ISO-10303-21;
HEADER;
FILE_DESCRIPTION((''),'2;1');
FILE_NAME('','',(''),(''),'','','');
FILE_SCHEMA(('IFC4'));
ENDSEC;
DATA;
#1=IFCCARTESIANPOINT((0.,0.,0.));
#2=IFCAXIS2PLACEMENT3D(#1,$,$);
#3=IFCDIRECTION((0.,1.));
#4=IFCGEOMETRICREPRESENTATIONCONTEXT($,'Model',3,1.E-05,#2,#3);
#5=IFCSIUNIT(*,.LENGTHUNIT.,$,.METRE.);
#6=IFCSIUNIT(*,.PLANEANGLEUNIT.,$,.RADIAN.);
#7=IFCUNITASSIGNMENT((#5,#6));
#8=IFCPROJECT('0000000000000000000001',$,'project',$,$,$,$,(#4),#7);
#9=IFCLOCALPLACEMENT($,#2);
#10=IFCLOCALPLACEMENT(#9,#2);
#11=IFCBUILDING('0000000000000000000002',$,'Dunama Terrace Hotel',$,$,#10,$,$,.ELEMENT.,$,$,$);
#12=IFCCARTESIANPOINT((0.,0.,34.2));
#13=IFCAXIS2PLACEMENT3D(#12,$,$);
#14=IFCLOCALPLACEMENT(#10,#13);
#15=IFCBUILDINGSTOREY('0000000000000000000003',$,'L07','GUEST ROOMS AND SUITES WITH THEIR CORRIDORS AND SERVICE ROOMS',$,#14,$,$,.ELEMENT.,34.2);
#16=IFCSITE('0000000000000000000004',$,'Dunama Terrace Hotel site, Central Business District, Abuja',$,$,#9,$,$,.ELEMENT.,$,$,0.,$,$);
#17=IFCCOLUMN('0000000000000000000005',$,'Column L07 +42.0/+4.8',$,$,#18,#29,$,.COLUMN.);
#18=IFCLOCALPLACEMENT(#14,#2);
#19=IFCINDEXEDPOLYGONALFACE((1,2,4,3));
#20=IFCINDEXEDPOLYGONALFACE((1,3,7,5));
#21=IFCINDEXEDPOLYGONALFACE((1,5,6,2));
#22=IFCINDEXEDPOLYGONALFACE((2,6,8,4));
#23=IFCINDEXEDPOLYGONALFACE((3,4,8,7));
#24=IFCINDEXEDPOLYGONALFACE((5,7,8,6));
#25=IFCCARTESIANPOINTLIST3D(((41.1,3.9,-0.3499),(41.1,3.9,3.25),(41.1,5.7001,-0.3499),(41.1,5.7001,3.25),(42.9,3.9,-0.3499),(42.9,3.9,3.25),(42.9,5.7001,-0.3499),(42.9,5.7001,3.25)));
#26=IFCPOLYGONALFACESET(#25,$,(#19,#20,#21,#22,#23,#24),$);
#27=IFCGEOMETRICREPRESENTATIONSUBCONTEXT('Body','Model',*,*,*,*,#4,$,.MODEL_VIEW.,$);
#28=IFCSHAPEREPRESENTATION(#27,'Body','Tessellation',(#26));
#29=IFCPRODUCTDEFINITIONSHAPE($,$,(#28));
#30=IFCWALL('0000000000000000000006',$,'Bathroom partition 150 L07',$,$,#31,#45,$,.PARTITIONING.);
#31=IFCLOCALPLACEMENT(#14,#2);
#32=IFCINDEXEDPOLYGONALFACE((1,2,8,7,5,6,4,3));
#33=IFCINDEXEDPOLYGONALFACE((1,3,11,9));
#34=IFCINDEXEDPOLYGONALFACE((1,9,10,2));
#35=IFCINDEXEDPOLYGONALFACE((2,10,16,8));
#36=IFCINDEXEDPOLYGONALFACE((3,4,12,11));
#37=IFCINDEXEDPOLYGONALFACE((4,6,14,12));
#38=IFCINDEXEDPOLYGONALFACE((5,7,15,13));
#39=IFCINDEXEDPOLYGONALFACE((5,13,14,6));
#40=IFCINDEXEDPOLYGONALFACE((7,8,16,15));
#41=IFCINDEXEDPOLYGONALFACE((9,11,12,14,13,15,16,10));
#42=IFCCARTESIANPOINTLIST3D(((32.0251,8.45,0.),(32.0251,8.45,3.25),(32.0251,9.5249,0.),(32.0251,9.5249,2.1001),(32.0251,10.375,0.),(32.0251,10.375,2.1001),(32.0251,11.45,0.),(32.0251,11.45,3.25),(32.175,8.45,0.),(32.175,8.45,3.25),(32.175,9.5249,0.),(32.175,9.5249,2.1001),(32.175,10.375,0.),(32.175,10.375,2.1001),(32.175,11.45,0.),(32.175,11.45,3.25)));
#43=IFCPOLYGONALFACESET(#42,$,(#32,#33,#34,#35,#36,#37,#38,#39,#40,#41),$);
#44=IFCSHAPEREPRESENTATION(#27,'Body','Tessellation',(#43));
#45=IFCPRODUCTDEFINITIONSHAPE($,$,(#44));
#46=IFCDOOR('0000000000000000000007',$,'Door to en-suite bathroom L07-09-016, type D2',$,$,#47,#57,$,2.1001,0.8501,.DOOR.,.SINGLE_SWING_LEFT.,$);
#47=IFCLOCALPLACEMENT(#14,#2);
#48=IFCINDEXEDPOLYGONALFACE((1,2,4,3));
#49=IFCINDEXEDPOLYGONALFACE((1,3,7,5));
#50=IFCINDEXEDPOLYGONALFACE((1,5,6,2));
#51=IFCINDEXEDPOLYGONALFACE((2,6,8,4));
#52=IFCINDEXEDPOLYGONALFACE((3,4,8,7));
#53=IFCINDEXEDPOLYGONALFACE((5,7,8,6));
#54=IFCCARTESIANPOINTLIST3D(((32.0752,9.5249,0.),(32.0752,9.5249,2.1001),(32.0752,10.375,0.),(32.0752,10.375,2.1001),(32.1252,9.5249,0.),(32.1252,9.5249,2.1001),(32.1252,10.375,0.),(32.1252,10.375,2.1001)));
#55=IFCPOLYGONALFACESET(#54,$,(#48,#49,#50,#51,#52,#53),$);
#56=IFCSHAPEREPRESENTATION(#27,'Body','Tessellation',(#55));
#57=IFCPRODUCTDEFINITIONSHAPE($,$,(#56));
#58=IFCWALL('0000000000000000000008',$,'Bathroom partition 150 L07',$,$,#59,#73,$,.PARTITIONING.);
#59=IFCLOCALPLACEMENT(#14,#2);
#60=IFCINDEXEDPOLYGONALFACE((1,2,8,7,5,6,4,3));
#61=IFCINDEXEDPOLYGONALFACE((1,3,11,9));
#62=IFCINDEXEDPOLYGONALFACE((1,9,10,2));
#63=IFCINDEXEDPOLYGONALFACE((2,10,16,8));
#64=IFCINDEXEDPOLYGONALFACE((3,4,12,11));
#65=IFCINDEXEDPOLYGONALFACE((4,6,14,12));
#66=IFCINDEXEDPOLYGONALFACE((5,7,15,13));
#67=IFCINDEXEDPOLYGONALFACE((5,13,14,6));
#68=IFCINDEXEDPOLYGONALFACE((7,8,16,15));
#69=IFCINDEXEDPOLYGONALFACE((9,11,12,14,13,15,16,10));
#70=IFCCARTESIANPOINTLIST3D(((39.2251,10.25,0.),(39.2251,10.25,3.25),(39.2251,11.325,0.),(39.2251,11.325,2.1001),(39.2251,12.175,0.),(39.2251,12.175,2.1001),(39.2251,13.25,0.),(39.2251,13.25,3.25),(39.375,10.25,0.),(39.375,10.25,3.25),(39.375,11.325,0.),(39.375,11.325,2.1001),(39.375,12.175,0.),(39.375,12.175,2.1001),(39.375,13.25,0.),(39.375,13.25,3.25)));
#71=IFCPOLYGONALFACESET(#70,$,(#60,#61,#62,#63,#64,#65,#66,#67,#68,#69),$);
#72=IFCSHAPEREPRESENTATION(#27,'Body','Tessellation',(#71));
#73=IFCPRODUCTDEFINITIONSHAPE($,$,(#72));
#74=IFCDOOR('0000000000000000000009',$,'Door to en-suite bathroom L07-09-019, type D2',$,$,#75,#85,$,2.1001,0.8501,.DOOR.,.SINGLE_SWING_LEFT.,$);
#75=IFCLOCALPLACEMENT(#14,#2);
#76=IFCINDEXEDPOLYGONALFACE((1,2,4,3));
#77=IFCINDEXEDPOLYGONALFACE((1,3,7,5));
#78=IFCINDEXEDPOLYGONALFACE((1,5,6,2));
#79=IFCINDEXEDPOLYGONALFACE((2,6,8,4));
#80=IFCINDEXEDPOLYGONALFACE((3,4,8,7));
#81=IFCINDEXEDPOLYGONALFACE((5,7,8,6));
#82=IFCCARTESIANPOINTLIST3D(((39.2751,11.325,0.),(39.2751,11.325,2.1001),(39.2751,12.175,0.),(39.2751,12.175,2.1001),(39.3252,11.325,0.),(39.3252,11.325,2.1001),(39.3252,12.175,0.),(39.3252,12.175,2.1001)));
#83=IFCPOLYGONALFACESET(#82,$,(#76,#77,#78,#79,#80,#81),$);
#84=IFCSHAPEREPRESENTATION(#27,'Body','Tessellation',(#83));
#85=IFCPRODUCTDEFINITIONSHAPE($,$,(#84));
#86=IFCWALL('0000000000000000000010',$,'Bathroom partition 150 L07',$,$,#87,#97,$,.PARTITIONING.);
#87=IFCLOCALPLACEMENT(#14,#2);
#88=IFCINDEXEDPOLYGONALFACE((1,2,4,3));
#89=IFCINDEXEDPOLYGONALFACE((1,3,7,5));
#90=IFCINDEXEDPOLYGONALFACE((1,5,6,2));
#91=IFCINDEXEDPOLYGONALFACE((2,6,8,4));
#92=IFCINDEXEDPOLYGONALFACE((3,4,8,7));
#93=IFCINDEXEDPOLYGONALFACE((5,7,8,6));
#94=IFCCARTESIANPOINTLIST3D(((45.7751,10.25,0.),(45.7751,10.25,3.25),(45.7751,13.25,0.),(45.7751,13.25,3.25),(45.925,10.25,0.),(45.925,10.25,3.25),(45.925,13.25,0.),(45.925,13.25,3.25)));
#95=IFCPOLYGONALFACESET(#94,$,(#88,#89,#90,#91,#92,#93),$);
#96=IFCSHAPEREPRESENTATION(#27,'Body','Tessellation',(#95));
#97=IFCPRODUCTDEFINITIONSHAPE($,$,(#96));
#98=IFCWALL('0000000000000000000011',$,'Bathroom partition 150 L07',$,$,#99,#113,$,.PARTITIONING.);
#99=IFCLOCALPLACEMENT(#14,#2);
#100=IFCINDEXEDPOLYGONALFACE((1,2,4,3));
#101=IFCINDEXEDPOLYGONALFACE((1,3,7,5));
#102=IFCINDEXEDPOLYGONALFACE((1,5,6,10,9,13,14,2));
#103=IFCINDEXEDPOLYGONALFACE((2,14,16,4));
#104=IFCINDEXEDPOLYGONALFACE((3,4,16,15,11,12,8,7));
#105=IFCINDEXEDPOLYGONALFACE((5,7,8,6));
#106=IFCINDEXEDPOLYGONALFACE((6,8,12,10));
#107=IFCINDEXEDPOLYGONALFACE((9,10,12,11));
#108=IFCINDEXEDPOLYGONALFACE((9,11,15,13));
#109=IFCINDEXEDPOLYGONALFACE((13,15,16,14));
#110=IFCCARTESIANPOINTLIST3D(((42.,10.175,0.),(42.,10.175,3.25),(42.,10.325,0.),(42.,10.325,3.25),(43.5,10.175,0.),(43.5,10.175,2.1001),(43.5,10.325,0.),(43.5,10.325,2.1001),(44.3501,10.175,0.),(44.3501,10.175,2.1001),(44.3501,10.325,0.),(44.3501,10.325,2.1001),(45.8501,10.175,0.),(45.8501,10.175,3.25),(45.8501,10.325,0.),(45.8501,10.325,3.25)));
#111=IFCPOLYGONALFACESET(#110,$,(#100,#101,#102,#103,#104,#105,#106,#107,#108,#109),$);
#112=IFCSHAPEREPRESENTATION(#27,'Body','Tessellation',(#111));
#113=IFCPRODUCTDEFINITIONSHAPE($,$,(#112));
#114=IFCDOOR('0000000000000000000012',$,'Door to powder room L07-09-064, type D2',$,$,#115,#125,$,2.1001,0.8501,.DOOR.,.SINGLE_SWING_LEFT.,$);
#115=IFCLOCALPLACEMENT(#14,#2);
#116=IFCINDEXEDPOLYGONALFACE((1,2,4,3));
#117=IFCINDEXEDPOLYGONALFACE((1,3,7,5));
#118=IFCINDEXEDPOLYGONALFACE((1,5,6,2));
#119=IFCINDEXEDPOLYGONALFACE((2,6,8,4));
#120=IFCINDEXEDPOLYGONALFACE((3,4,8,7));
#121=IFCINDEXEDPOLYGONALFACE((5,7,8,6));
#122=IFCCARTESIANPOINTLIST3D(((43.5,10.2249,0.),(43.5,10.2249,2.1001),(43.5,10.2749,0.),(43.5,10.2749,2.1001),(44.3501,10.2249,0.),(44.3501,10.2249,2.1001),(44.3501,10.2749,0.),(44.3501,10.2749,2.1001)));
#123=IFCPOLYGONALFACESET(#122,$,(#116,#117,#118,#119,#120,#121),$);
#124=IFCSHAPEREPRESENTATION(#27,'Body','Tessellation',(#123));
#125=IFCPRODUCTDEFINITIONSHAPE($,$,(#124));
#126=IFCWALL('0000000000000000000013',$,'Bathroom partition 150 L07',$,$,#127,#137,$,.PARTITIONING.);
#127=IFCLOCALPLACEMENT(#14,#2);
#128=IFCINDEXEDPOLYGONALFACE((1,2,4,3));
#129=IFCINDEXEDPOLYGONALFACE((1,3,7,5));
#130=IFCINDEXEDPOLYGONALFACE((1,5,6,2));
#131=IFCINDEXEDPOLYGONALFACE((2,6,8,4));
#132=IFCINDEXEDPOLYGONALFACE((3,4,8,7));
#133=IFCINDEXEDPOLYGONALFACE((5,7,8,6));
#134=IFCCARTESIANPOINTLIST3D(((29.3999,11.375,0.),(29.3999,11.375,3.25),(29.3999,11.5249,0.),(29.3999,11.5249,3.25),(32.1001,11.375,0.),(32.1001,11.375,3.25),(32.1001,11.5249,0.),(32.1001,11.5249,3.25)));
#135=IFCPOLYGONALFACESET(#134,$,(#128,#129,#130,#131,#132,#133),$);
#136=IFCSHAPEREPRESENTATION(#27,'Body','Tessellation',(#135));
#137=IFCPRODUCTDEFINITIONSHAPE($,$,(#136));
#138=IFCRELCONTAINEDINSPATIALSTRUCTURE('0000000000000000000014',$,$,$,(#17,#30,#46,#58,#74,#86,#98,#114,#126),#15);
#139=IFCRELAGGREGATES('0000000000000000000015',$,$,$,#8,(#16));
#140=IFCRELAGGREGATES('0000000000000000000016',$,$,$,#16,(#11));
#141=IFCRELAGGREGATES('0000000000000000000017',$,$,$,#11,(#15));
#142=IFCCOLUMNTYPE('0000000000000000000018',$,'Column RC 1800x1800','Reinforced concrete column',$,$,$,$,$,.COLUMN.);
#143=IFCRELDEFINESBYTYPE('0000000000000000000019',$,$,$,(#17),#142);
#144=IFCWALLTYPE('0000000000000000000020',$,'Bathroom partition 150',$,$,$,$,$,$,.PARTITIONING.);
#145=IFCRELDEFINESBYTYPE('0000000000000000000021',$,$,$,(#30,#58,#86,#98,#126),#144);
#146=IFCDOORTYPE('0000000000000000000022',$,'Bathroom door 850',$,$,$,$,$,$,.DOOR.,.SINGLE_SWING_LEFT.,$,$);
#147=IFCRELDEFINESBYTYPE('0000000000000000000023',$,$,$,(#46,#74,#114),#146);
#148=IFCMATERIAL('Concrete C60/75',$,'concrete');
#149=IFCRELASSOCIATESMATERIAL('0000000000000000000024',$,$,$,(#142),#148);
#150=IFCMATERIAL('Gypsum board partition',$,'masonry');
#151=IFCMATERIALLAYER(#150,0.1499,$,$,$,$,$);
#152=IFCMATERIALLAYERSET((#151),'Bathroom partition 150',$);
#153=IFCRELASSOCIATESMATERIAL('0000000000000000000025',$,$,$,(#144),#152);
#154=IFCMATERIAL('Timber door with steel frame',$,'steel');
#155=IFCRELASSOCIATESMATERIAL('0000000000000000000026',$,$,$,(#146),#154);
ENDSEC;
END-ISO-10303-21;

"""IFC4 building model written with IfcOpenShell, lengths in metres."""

from ifc_helpers import new_model, si_unit, direction, frame, frame_2d, origin, origin_2d, place, context, subcontext, project, spatial, rectangle, extrude, material, layer, layer_set, material_profile, profile_set, type_object, element, fill, save


model = new_model("IFC4")

# Units and contexts
model_context = context("Model", 3, precision=1e-05, world=origin(), true_north=direction((0.0, 1.0)))
body_context = subcontext(model_context, "Body", "Model", "MODEL_VIEW")
ifc_project = project(units=[si_unit("LENGTHUNIT", "METRE"), si_unit("PLANEANGLEUNIT", "RADIAN")], contexts=[model_context])

# Site, building, storey
site_placement = place(None, origin())
site = spatial("IfcSite", under=ifc_project, at=site_placement, Name="Dunama Terrace Hotel site, Central Business District, Abuja", CompositionType="ELEMENT", RefElevation=0.0)
building_placement = place(site_placement, origin())
building = spatial("IfcBuilding", under=site, at=building_placement, Name="Dunama Terrace Hotel", CompositionType="ELEMENT")
storey_placement = place(building_placement, frame((0.0, 0.0, 34.2)))
storey = spatial("IfcBuildingStorey", under=building, at=storey_placement, Name="L07", Description="GUEST ROOMS AND SUITES WITH THEIR CORRIDORS AND SERVICE ROOMS", CompositionType="ELEMENT", Elevation=34.2)

# Column
ifc_material_1 = material(Name="Concrete C60/75", Category="concrete")
ifc_material_profile = material_profile(ifc_material_1, rectangle(XDim=1.8, YDim=1.8, at=origin_2d()), Name="RC 1800x1800")
ifc_profile_set = profile_set([ifc_material_profile], Name="Concrete C60/75")
column_type = type_object("IfcColumnType", Name="Column RC 1800x1800", Description="Reinforced concrete column", PredefinedType="COLUMN", material=ifc_profile_set)
column_placement = place(storey_placement, frame((42.0, 4.8, -0.3499), z_axis=(0.0, 0.0, 1.0), x_axis=(1.0, 0.0, 0.0)))
element("IfcColumn", 1, at=column_placement, inside=storey, type_object=column_type, Name="Column L07 +42.0/+4.8", PredefinedType="COLUMN", context=body_context, shape_type="SweptSolid", body=[
    extrude(rectangle(XDim=1.8, YDim=1.8, at=origin_2d()), origin(), (0.0, 0.0, 1.0), 3.5999),
])

# Walls, openings, doors
ifc_material_2 = material(Name="Gypsum board partition", Category="masonry")
ifc_layer_1 = layer(ifc_material_2, 0.1499)
ifc_layer_set_1 = layer_set([ifc_layer_1], Name="Bathroom partition 150")
wall_type_1 = type_object("IfcWallType", Name="Bathroom partition 150", PredefinedType="PARTITIONING", material=ifc_layer_set_1)
wall_1_placement = place(storey_placement, frame((32.1001, 8.45, 0.0), z_axis=(0.0, 0.0, 1.0), x_axis=(0.0, 1.0, 0.0)))
wall_1 = element("IfcWall", 2, at=wall_1_placement, inside=storey, type_object=wall_type_1, Name="Bathroom partition 150 L07", PredefinedType="PARTITIONING", context=body_context, shape_type="SweptSolid", body=[
    extrude(rectangle(XDim=3.0, YDim=0.1499, at=frame_2d((1.5, 0.0))), origin(), (0.0, 0.0, 1.0), 3.25),
])
opening_1_placement = place(wall_1_placement, frame((1.075, 0.0, 0.0)))
opening_1 = element("IfcOpeningElement", 3, at=opening_1_placement, cuts=wall_1, PredefinedType="OPENING", context=body_context, shape_type="SweptSolid", body=[
    extrude(rectangle(XDim=0.8501, YDim=2.1001, at=frame_2d((0.425, 1.05))), frame((0.0, 0.085, 0.0), z_axis=(0.0, -1.0, 0.0), x_axis=(1.0, 0.0, 0.0)), (0.0, 0.0, 1.0), 0.1699),
])
ifc_material_3 = material(Name="Timber door with steel frame", Category="steel")
door_type_1 = type_object("IfcDoorType", Name="Bathroom door 850", OperationType="SINGLE_SWING_LEFT", PredefinedType="DOOR", material=ifc_material_3)
door_1_placement = place(opening_1_placement, origin())
door_1 = element("IfcDoor", 4, at=door_1_placement, inside=storey, type_object=door_type_1, Name="Door to en-suite bathroom L07-09-016, type D2", OperationType="SINGLE_SWING_LEFT", OverallHeight=2.1001, OverallWidth=0.8501, PredefinedType="DOOR", context=body_context, shape_type="SweptSolid", body=[
    extrude(rectangle(XDim=0.8501, YDim=2.1001, at=frame_2d((0.425, 1.05))), frame((0.0, 0.0249, 0.0), z_axis=(0.0, -1.0, 0.0), x_axis=(1.0, 0.0, 0.0)), (0.0, 0.0, 1.0), 0.05),
])
fill(opening_1, door_1)
wall_2_placement = place(storey_placement, frame((39.3, 10.25, 0.0), z_axis=(0.0, 0.0, 1.0), x_axis=(0.0, 1.0, 0.0)))
wall_2 = element("IfcWall", 5, at=wall_2_placement, inside=storey, type_object=wall_type_1, Name="Bathroom partition 150 L07", PredefinedType="PARTITIONING", context=body_context, shape_type="SweptSolid", body=[
    extrude(rectangle(XDim=3.0, YDim=0.1499, at=frame_2d((1.5, 0.0))), origin(), (0.0, 0.0, 1.0), 3.25),
])
opening_2_placement = place(wall_2_placement, frame((1.075, 0.0, 0.0)))
opening_2 = element("IfcOpeningElement", 6, at=opening_2_placement, cuts=wall_2, PredefinedType="OPENING", context=body_context, shape_type="SweptSolid", body=[
    extrude(rectangle(XDim=0.8501, YDim=2.1001, at=frame_2d((0.425, 1.05))), frame((0.0, 0.085, 0.0), z_axis=(0.0, -1.0, 0.0), x_axis=(1.0, 0.0, 0.0)), (0.0, 0.0, 1.0), 0.1699),
])
door_2_placement = place(opening_2_placement, frame((0.8501, 0.0, 0.0), z_axis=(0.0, 0.0, 1.0), x_axis=(-1.0, 0.0, 0.0)))
door_2 = element("IfcDoor", 7, at=door_2_placement, inside=storey, type_object=door_type_1, Name="Door to en-suite bathroom L07-09-019, type D2", OperationType="SINGLE_SWING_LEFT", OverallHeight=2.1001, OverallWidth=0.8501, PredefinedType="DOOR", context=body_context, shape_type="SweptSolid", body=[
    extrude(rectangle(XDim=0.8501, YDim=2.1001, at=frame_2d((0.425, 1.05))), frame((0.0, 0.0251, 0.0), z_axis=(0.0, -1.0, 0.0), x_axis=(1.0, 0.0, 0.0)), (0.0, 0.0, 1.0), 0.05),
])
fill(opening_2, door_2)

# Wall
wall_3_placement = place(storey_placement, frame((45.8501, 10.25, 0.0), z_axis=(0.0, 0.0, 1.0), x_axis=(0.0, 1.0, 0.0)))
element("IfcWall", 8, at=wall_3_placement, inside=storey, type_object=wall_type_1, Name="Bathroom partition 150 L07", PredefinedType="PARTITIONING", context=body_context, shape_type="SweptSolid", body=[
    extrude(rectangle(XDim=3.0, YDim=0.1499, at=frame_2d((1.5, 0.0))), origin(), (0.0, 0.0, 1.0), 3.25),
])

# Wall, opening, door
wall_4_placement = place(storey_placement, frame((42.0, 10.25, 0.0), z_axis=(0.0, 0.0, 1.0), x_axis=(1.0, 0.0, 0.0)))
wall_4 = element("IfcWall", 9, at=wall_4_placement, inside=storey, type_object=wall_type_1, Name="Bathroom partition 150 L07", PredefinedType="PARTITIONING", context=body_context, shape_type="SweptSolid", body=[
    extrude(rectangle(XDim=3.8501, YDim=0.1499, at=frame_2d((1.925, 0.0))), origin(), (0.0, 0.0, 1.0), 3.25),
])
opening_3_placement = place(wall_4_placement, frame((1.5, 0.0, 0.0)))
opening_3 = element("IfcOpeningElement", 10, at=opening_3_placement, cuts=wall_4, PredefinedType="OPENING", context=body_context, shape_type="SweptSolid", body=[
    extrude(rectangle(XDim=0.8501, YDim=2.1001, at=frame_2d((0.425, 1.05))), frame((0.0, 0.085, 0.0), z_axis=(0.0, -1.0, 0.0), x_axis=(1.0, 0.0, 0.0)), (0.0, 0.0, 1.0), 0.1699),
])
door_3_placement = place(opening_3_placement, origin())
door_3 = element("IfcDoor", 11, at=door_3_placement, inside=storey, type_object=door_type_1, Name="Door to powder room L07-09-064, type D2", OperationType="SINGLE_SWING_LEFT", OverallHeight=2.1001, OverallWidth=0.8501, PredefinedType="DOOR", context=body_context, shape_type="SweptSolid", body=[
    extrude(rectangle(XDim=0.8501, YDim=2.1001, at=frame_2d((0.425, 1.05))), frame((0.0, 0.0249, 0.0), z_axis=(0.0, -1.0, 0.0), x_axis=(1.0, 0.0, 0.0)), (0.0, 0.0, 1.0), 0.05),
])
fill(opening_3, door_3)

# Wall
wall_5_placement = place(storey_placement, frame((29.3999, 11.45, 0.0), z_axis=(0.0, 0.0, 1.0), x_axis=(1.0, 0.0, 0.0)))
element("IfcWall", 12, at=wall_5_placement, inside=storey, type_object=wall_type_1, Name="Bathroom partition 150 L07", PredefinedType="PARTITIONING", context=body_context, shape_type="SweptSolid", body=[
    extrude(rectangle(XDim=2.7002, YDim=0.1499, at=frame_2d((1.3501, 0.0))), origin(), (0.0, 0.0, 1.0), 3.25),
])

save(model, "model.ifc")
